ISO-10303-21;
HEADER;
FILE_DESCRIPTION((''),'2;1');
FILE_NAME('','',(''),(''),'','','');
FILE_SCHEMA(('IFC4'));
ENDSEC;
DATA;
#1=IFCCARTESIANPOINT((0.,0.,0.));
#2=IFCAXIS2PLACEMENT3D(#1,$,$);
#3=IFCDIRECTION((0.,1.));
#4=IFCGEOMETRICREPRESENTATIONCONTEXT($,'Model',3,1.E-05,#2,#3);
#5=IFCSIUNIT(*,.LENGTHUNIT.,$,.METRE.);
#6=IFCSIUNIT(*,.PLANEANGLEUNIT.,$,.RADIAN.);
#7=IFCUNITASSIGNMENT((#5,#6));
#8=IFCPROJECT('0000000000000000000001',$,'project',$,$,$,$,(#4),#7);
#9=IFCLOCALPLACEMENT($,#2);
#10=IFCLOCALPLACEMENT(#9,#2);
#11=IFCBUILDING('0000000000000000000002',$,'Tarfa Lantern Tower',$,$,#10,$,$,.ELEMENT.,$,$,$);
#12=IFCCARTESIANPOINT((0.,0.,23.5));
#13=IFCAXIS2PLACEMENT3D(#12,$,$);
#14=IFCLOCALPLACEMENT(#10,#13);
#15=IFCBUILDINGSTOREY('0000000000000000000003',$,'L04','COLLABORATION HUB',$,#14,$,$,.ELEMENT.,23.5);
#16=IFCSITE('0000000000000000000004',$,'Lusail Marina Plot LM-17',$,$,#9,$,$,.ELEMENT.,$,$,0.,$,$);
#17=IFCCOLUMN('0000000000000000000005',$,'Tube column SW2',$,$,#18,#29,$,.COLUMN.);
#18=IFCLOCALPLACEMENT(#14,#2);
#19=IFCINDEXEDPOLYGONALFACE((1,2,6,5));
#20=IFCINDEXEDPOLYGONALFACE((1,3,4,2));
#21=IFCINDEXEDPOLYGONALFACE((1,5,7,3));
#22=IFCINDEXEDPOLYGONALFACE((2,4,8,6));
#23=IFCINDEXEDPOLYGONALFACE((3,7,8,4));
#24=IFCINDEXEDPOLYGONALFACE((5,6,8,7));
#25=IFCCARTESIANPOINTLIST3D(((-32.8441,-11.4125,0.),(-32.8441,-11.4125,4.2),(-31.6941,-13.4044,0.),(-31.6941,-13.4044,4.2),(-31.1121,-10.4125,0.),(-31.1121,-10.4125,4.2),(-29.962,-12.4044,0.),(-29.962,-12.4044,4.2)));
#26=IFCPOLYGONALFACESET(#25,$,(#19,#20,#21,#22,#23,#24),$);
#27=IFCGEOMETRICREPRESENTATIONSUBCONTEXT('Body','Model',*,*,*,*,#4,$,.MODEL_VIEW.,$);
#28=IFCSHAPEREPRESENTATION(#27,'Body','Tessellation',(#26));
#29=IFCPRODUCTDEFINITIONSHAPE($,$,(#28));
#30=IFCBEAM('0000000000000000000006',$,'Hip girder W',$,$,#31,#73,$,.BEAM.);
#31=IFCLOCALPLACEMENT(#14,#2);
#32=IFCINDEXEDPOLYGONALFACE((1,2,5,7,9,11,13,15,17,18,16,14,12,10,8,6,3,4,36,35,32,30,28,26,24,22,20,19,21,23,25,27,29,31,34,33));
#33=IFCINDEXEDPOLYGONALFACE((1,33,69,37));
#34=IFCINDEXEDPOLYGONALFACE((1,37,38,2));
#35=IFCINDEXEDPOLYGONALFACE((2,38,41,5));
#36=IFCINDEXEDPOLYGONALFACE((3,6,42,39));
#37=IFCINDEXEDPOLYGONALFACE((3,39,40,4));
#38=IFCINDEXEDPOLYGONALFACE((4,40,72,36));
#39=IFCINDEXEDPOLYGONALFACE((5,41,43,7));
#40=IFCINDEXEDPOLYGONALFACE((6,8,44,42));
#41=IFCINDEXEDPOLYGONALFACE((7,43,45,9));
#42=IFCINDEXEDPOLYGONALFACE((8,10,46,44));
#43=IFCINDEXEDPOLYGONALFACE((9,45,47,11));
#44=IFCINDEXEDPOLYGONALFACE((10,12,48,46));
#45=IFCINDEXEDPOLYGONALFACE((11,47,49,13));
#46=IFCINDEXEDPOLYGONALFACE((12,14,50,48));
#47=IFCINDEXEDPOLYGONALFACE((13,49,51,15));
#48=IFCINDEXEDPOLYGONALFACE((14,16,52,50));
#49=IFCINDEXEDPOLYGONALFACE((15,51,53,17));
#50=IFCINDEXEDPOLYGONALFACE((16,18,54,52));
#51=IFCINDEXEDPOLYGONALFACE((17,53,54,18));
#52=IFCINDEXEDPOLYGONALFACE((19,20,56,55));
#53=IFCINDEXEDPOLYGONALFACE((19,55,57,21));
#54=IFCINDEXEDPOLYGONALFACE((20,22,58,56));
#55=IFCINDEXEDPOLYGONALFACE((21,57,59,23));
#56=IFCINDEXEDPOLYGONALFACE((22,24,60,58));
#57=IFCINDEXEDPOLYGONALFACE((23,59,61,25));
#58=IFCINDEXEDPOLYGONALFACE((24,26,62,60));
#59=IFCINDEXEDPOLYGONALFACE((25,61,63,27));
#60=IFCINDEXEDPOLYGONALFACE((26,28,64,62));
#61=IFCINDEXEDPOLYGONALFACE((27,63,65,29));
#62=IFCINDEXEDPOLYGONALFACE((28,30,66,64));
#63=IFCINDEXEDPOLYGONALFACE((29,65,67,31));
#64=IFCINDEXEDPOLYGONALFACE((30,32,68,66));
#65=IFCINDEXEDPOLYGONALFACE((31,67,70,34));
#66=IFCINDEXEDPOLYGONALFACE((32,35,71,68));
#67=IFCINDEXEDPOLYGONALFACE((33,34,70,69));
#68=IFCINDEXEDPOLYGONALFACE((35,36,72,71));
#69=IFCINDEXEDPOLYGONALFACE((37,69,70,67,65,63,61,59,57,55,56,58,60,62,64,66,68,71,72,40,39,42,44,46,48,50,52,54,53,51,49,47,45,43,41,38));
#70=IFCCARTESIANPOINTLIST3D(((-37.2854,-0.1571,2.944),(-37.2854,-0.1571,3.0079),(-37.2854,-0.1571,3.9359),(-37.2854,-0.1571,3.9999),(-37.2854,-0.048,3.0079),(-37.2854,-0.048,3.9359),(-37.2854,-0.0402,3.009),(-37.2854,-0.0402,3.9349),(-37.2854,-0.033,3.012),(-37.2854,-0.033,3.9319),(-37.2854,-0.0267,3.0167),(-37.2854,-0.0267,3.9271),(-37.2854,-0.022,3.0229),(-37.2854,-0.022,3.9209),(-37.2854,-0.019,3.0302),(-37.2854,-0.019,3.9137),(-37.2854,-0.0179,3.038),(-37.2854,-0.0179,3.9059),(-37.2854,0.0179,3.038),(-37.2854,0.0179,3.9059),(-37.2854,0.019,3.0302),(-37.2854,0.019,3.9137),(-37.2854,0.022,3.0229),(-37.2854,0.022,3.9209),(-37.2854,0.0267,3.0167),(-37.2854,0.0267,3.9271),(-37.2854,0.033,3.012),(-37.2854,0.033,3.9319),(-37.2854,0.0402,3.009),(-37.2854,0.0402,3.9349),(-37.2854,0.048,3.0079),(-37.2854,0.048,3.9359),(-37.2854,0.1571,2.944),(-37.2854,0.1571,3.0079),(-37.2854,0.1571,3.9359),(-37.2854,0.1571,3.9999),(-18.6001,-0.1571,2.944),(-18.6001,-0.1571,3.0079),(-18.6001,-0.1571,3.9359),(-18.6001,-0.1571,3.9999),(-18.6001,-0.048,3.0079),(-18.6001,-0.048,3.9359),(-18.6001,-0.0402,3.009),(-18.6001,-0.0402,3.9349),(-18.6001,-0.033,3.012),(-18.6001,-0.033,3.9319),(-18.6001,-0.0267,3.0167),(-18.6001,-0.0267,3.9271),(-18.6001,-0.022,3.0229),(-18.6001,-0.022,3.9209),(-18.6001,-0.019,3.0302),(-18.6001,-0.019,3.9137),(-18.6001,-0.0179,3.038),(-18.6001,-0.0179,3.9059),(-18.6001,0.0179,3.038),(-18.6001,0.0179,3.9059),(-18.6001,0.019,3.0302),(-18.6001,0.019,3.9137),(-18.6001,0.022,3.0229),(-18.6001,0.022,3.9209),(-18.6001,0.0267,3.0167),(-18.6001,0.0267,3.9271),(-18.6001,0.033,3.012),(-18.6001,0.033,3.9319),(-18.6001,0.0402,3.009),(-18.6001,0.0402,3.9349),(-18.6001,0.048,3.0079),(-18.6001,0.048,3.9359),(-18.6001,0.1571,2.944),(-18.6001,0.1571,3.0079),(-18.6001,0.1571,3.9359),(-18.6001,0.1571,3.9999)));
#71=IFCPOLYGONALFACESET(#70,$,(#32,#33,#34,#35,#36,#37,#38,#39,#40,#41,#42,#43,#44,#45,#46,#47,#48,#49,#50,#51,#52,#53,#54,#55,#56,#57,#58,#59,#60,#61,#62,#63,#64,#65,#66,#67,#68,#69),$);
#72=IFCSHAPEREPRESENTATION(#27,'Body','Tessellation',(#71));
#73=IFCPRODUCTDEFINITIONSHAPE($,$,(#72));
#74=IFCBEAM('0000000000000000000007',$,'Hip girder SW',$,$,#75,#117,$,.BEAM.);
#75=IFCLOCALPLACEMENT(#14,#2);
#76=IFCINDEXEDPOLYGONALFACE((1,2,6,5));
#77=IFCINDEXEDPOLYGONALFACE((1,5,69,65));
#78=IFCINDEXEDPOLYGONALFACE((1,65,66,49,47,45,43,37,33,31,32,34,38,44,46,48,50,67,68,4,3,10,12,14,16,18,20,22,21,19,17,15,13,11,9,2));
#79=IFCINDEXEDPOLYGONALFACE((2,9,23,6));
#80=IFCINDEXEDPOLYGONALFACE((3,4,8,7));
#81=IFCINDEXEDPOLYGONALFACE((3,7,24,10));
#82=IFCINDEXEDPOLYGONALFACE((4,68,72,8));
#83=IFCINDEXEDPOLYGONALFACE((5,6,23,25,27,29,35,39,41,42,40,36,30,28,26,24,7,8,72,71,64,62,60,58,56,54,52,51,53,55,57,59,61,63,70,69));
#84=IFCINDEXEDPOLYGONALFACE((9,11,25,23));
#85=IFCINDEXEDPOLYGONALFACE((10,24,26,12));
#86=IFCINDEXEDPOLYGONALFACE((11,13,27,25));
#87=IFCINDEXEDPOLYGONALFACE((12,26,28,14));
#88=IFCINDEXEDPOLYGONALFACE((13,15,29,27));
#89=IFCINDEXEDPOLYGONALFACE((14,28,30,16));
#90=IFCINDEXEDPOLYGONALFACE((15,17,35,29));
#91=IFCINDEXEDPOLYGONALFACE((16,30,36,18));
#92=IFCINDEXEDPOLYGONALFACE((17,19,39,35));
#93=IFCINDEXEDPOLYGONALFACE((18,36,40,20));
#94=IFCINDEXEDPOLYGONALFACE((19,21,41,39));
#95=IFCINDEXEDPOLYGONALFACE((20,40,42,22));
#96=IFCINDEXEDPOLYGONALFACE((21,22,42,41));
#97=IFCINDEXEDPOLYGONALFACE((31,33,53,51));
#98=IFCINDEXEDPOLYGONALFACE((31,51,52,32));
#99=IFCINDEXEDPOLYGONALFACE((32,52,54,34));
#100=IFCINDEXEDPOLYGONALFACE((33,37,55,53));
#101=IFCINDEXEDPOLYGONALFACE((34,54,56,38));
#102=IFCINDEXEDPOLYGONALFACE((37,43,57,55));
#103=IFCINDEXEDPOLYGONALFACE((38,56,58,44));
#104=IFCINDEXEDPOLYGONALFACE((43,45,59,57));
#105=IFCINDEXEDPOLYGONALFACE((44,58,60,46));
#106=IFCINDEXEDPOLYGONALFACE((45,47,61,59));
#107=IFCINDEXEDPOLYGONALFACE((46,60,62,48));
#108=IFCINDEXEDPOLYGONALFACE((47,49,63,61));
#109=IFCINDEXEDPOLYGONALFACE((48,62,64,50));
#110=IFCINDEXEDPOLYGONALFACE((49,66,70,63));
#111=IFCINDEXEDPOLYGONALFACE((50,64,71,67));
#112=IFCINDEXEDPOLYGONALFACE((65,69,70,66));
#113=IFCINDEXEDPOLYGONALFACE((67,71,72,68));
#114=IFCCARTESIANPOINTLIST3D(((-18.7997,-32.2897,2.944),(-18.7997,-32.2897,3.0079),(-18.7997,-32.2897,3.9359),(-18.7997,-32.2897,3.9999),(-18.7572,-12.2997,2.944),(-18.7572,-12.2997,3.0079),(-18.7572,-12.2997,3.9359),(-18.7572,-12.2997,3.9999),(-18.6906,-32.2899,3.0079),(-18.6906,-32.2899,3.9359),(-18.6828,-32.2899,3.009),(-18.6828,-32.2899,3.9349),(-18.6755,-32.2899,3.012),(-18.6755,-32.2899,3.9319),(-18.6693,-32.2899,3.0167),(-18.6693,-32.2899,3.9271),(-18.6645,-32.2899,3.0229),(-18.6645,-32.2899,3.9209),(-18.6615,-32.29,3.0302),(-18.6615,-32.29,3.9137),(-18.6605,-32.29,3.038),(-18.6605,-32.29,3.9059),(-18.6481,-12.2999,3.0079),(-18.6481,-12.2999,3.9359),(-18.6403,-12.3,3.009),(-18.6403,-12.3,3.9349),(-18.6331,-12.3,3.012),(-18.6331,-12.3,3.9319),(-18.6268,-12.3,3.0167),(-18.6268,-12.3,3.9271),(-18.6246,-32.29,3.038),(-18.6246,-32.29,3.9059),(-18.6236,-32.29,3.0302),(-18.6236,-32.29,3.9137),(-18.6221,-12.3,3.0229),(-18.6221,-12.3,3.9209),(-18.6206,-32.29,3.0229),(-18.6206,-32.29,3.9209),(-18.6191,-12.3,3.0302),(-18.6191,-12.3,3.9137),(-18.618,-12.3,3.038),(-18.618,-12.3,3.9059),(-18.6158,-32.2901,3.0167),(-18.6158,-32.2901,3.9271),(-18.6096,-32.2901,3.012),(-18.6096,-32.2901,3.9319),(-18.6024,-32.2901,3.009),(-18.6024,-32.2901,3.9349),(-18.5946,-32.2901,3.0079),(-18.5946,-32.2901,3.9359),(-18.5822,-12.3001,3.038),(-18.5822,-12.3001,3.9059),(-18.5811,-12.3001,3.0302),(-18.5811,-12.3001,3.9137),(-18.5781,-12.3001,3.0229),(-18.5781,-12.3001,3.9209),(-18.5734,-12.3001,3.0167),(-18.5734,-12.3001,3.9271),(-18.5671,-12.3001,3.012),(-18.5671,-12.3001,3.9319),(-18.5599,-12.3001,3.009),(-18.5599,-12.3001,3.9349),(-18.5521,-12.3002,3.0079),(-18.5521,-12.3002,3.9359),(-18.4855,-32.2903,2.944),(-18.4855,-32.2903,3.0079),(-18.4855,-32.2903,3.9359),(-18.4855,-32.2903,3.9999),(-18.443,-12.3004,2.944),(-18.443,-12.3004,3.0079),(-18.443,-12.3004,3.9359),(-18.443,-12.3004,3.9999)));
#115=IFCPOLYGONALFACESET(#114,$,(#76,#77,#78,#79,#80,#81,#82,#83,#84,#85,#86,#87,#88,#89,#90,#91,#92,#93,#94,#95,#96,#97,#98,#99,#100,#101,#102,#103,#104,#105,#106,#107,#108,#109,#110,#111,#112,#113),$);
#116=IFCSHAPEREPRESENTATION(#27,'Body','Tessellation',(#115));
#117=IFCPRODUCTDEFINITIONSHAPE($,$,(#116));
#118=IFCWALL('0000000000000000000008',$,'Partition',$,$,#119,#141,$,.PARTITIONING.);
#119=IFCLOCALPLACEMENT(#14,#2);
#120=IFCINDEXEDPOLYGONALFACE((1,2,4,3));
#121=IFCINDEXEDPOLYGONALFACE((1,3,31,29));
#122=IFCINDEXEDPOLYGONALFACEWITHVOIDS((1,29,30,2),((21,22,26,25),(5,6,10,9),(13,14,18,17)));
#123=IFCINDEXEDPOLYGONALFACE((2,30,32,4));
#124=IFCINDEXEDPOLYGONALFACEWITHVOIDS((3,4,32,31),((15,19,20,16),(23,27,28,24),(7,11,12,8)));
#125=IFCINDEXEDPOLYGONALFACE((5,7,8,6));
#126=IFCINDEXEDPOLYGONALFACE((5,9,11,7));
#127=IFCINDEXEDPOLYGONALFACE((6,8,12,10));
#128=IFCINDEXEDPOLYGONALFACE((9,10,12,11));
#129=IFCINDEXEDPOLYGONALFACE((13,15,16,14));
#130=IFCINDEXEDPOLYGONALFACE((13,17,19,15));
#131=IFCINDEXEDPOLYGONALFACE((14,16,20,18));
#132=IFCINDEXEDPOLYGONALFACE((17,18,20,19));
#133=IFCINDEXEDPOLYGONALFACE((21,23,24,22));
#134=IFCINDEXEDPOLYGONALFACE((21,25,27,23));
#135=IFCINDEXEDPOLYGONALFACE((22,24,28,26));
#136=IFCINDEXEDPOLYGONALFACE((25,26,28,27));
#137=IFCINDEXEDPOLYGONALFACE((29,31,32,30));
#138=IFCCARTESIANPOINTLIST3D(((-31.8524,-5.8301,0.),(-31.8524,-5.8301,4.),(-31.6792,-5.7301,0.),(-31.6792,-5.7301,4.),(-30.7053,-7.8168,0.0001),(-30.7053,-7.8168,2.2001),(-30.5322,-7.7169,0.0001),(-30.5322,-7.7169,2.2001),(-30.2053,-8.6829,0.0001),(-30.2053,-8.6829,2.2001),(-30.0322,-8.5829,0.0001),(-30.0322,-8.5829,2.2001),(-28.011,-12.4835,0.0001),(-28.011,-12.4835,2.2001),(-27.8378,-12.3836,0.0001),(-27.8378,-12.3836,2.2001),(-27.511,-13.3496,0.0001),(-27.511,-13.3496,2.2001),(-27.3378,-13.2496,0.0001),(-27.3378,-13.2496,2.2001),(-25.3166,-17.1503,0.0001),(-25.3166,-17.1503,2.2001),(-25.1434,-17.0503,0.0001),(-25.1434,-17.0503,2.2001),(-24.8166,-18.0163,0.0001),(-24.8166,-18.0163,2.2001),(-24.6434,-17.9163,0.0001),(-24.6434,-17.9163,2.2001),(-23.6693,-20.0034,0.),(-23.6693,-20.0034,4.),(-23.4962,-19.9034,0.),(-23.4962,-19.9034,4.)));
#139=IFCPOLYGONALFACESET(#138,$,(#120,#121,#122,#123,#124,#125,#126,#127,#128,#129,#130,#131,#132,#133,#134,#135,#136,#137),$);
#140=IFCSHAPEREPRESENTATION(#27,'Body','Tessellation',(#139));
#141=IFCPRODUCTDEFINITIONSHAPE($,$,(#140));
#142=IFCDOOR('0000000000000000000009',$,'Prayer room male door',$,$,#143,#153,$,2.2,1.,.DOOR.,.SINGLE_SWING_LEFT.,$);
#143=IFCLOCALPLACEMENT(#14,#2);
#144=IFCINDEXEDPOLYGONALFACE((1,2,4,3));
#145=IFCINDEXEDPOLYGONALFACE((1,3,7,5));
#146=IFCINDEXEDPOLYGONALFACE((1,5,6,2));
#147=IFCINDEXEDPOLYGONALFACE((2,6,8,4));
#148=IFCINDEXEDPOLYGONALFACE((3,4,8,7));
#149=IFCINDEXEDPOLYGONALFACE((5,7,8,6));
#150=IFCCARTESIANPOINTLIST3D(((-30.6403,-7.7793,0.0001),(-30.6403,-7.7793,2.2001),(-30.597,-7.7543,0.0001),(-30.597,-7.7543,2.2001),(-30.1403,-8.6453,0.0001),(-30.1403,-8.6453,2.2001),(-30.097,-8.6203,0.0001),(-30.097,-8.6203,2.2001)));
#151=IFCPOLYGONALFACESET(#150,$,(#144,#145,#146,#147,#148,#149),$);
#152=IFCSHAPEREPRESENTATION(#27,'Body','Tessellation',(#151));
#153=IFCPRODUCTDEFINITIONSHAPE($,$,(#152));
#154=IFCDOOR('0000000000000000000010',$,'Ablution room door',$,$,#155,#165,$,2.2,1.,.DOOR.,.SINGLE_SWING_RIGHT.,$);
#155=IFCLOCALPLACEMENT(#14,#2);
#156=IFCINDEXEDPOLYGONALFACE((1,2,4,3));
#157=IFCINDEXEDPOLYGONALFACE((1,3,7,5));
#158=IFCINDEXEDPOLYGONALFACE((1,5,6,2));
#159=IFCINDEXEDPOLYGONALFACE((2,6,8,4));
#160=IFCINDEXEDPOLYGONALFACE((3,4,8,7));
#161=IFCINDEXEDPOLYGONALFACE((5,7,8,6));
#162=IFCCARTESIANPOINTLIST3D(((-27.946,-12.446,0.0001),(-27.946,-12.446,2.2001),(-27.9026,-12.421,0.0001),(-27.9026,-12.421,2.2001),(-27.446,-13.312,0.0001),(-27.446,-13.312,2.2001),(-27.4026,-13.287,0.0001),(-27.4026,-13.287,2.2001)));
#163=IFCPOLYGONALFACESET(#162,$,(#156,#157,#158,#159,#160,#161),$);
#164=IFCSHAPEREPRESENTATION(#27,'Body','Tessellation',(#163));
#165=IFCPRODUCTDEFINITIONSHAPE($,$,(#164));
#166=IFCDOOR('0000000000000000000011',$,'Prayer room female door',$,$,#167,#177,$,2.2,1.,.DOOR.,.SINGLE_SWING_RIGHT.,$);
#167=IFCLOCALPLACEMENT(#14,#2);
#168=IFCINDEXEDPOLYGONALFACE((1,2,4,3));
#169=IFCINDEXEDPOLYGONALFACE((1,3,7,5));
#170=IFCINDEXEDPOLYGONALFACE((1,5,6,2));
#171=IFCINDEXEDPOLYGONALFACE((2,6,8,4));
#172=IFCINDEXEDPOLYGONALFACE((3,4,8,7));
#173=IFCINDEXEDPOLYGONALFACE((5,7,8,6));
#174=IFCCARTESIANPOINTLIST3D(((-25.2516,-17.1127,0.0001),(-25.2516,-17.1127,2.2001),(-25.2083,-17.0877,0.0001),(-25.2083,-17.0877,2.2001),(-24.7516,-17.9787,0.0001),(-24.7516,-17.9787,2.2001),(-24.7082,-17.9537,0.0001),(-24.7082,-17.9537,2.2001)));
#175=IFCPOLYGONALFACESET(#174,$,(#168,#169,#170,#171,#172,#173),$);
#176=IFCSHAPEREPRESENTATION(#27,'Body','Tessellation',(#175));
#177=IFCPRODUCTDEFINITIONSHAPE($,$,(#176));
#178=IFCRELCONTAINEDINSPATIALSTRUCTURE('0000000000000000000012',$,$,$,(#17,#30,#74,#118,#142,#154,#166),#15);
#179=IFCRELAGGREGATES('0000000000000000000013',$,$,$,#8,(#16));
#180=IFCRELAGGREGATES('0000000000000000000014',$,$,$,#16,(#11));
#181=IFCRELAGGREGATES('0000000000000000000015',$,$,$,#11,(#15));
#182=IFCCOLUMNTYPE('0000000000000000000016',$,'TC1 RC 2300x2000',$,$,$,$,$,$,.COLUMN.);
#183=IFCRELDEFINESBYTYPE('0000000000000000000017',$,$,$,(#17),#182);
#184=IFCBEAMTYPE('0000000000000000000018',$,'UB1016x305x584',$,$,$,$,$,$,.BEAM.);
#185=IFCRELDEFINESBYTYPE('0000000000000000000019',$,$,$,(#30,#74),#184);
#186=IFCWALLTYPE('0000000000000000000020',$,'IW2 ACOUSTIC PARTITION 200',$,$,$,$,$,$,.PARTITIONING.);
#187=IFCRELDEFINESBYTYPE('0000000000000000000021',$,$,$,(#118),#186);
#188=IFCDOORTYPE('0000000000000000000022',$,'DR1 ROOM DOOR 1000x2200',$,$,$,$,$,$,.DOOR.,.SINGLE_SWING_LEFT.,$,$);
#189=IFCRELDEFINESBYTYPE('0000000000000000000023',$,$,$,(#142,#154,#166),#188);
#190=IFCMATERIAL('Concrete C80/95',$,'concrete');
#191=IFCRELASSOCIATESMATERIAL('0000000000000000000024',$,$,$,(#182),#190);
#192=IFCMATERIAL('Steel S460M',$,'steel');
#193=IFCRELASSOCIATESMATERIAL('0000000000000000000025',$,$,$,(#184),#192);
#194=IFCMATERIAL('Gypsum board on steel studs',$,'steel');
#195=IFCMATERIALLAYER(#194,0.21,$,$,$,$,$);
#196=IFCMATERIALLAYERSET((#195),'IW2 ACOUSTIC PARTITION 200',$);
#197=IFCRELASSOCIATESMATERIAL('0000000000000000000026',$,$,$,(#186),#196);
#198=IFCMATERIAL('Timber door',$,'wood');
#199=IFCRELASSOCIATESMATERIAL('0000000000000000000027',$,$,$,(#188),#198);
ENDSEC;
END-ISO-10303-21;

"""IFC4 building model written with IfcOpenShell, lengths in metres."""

from ifc_helpers import new_model, si_unit, direction, frame, frame_2d, origin, origin_2d, place, context, subcontext, project, spatial, rectangle, i_section, extrude, material, layer, layer_set, material_profile, profile_set, type_object, element, fill, save


model = new_model("IFC4")

# Units and contexts
model_context = context("Model", 3, precision=1e-05, world=origin(), true_north=direction((0.0, 1.0)))
body_context = subcontext(model_context, "Body", "Model", "MODEL_VIEW")
ifc_project = project(units=[si_unit("LENGTHUNIT", "METRE"), si_unit("PLANEANGLEUNIT", "RADIAN")], contexts=[model_context])

# Site, building, storey
site_placement = place(None, origin())
site = spatial("IfcSite", under=ifc_project, at=site_placement, Name="Lusail Marina Plot LM-17", CompositionType="ELEMENT", RefElevation=0.0)
building_placement = place(site_placement, origin())
building = spatial("IfcBuilding", under=site, at=building_placement, Name="Tarfa Lantern Tower", CompositionType="ELEMENT")
storey_placement = place(building_placement, frame((0.0, 0.0, 23.5)))
storey = spatial("IfcBuildingStorey", under=building, at=storey_placement, Name="L04", Description="COLLABORATION HUB", CompositionType="ELEMENT", Elevation=23.5)

# Column
ifc_material_1 = material(Name="Concrete C80/95", Category="concrete")
ifc_material_profile_1 = material_profile(ifc_material_1, rectangle(XDim=2.3, YDim=2.0, at=origin_2d()), Name="RC 2300x2000")
ifc_profile_set_1 = profile_set([ifc_material_profile_1], Name="Concrete C80/95")
column_type = type_object("IfcColumnType", Name="TC1 RC 2300x2000", PredefinedType="COLUMN", material=ifc_profile_set_1)
column_placement = place(storey_placement, frame((-31.4031, -11.9084, 0.0), z_axis=(0.0, 0.0, 1.0), x_axis=(0.5, -0.866025, 0.0)))
element("IfcColumn", 1, at=column_placement, inside=storey, type_object=column_type, Name="Tube column SW2", PredefinedType="COLUMN", context=body_context, shape_type="SweptSolid", body=[
    extrude(rectangle(XDim=2.3, YDim=2.0, at=origin_2d()), origin(), (0.0, 0.0, 1.0), 4.2),
])

# Beams
ifc_material_2 = material(Name="Steel S460M", Category="steel")
ifc_material_profile_2 = material_profile(ifc_material_2, i_section(OverallWidth=0.3142, OverallDepth=1.0559, WebThickness=0.0359, FlangeThickness=0.064, FilletRadius=0.03, at=origin_2d()), Name="UB1016x305x584")
ifc_profile_set_2 = profile_set([ifc_material_profile_2], Name="Steel S460M")
beam_type = type_object("IfcBeamType", Name="UB1016x305x584", PredefinedType="BEAM", material=ifc_profile_set_2)
beam_1_placement = place(storey_placement, frame((-18.6001, 0.0, 3.4719), z_axis=(-1.0, 0.0, 0.0), x_axis=(0.0, -1.0, 0.0)))
element("IfcBeam", 2, at=beam_1_placement, inside=storey, type_object=beam_type, Name="Hip girder W", PredefinedType="BEAM", context=body_context, shape_type="SweptSolid", body=[
    extrude(i_section(OverallWidth=0.3142, OverallDepth=1.0559, WebThickness=0.0359, FlangeThickness=0.064, FilletRadius=0.03, at=origin_2d()), origin(), (0.0, 0.0, 1.0), 18.6853),
])
beam_2_placement = place(storey_placement, frame((-18.6001, -12.3, 3.4719), z_axis=(-0.002125, -0.999998, 0.0), x_axis=(0.999998, -0.002125, 0.0)))
element("IfcBeam", 3, at=beam_2_placement, inside=storey, type_object=beam_type, Name="Hip girder SW", PredefinedType="BEAM", context=body_context, shape_type="SweptSolid", body=[
    extrude(i_section(OverallWidth=0.3142, OverallDepth=1.0559, WebThickness=0.0359, FlangeThickness=0.064, FilletRadius=0.03, at=origin_2d()), origin(), (0.0, 0.0, 1.0), 19.99),
])

# Wall, openings, doors
ifc_material_3 = material(Name="Gypsum board on steel studs", Category="steel")
ifc_layer_1 = layer(ifc_material_3, 0.21)
ifc_layer_set_1 = layer_set([ifc_layer_1], Name="IW2 ACOUSTIC PARTITION 200")
wall_type_1 = type_object("IfcWallType", Name="IW2 ACOUSTIC PARTITION 200", PredefinedType="PARTITIONING", material=ifc_layer_set_1)
wall_1_placement = place(storey_placement, frame((-31.7659, -5.78, 0.0), z_axis=(0.0, 0.0, 1.0), x_axis=(0.500006, -0.866022, 0.0)))
wall_1 = element("IfcWall", 4, at=wall_1_placement, inside=storey, type_object=wall_type_1, Name="Partition", PredefinedType="PARTITIONING", context=body_context, shape_type="SweptSolid", body=[
    extrude(rectangle(XDim=16.366, YDim=0.2, at=frame_2d((8.1831, 0.0))), origin(), (0.0, 0.0, 1.0), 4.0),
])
opening_1_placement = place(wall_1_placement, frame((2.2942, 0.0, 0.0)))
opening_1 = element("IfcOpeningElement", 5, at=opening_1_placement, cuts=wall_1, PredefinedType="OPENING", context=body_context, shape_type="SweptSolid", body=[
    extrude(rectangle(XDim=1.0, YDim=2.2, at=frame_2d((0.5, 1.1001))), frame((0.0, 0.1099, 0.0), z_axis=(0.0, -1.0, 0.0), x_axis=(1.0, 0.0, 0.0)), (0.0, 0.0, 1.0), 0.22),
])
opening_2_placement = place(wall_1_placement, frame((7.6829, 0.0, 0.0)))
opening_2 = element("IfcOpeningElement", 6, at=opening_2_placement, cuts=wall_1, PredefinedType="OPENING", context=body_context, shape_type="SweptSolid", body=[
    extrude(rectangle(XDim=1.0, YDim=2.2, at=frame_2d((0.5, 1.1001))), frame((0.0, 0.1099, 0.0), z_axis=(0.0, -1.0, 0.0), x_axis=(1.0, 0.0, 0.0)), (0.0, 0.0, 1.0), 0.22),
])
opening_3_placement = place(wall_1_placement, frame((13.0715, 0.0, 0.0)))
opening_3 = element("IfcOpeningElement", 7, at=opening_3_placement, cuts=wall_1, PredefinedType="OPENING", context=body_context, shape_type="SweptSolid", body=[
    extrude(rectangle(XDim=1.0, YDim=2.2, at=frame_2d((0.5, 1.1001))), frame((0.0, 0.1099, 0.0), z_axis=(0.0, -1.0, 0.0), x_axis=(1.0, 0.0, 0.0)), (0.0, 0.0, 1.0), 0.22),
])
ifc_material_4 = material(Name="Timber door", Category="wood")
door_type_1 = type_object("IfcDoorType", Name="DR1 ROOM DOOR 1000x2200", OperationType="SINGLE_SWING_LEFT", PredefinedType="DOOR", material=ifc_material_4)
door_1_placement = place(opening_1_placement, frame((1.0, 0.0, 0.0), z_axis=(0.0, 0.0, 1.0), x_axis=(-1.0, 0.0, 0.0)))
door_1 = element("IfcDoor", 8, at=door_1_placement, inside=storey, type_object=door_type_1, Name="Prayer room male door", OperationType="SINGLE_SWING_LEFT", OverallHeight=2.2, OverallWidth=1.0, PredefinedType="DOOR", context=body_context, shape_type="SweptSolid", body=[
    extrude(rectangle(XDim=1.0, YDim=2.2, at=frame_2d((0.5, 1.1001))), frame((0.0, 0.0249, 0.0), z_axis=(0.0, -1.0, 0.0), x_axis=(1.0, 0.0, 0.0)), (0.0, 0.0, 1.0), 0.05),
])
fill(opening_1, door_1)
door_2_placement = place(opening_2_placement, frame((1.0, 0.0, 0.0), z_axis=(0.0, 0.0, 1.0), x_axis=(-1.0, 0.0, 0.0)))
door_2 = element("IfcDoor", 9, at=door_2_placement, inside=storey, type_object=door_type_1, Name="Ablution room door", OperationType="SINGLE_SWING_RIGHT", OverallHeight=2.2, OverallWidth=1.0, PredefinedType="DOOR", context=body_context, shape_type="SweptSolid", body=[
    extrude(rectangle(XDim=1.0, YDim=2.2, at=frame_2d((0.5, 1.1001))), frame((0.0, 0.0249, 0.0), z_axis=(0.0, -1.0, 0.0), x_axis=(1.0, 0.0, 0.0)), (0.0, 0.0, 1.0), 0.05),
])
fill(opening_2, door_2)
door_3_placement = place(opening_3_placement, frame((1.0, 0.0, 0.0), z_axis=(0.0, 0.0, 1.0), x_axis=(-1.0, 0.0, 0.0)))
door_3 = element("IfcDoor", 10, at=door_3_placement, inside=storey, type_object=door_type_1, Name="Prayer room female door", OperationType="SINGLE_SWING_RIGHT", OverallHeight=2.2, OverallWidth=1.0, PredefinedType="DOOR", context=body_context, shape_type="SweptSolid", body=[
    extrude(rectangle(XDim=1.0, YDim=2.2, at=frame_2d((0.5, 1.1001))), frame((0.0, 0.0249, 0.0), z_axis=(0.0, -1.0, 0.0), x_axis=(1.0, 0.0, 0.0)), (0.0, 0.0, 1.0), 0.05),
])
fill(opening_3, door_3)

save(model, "model.ifc")
